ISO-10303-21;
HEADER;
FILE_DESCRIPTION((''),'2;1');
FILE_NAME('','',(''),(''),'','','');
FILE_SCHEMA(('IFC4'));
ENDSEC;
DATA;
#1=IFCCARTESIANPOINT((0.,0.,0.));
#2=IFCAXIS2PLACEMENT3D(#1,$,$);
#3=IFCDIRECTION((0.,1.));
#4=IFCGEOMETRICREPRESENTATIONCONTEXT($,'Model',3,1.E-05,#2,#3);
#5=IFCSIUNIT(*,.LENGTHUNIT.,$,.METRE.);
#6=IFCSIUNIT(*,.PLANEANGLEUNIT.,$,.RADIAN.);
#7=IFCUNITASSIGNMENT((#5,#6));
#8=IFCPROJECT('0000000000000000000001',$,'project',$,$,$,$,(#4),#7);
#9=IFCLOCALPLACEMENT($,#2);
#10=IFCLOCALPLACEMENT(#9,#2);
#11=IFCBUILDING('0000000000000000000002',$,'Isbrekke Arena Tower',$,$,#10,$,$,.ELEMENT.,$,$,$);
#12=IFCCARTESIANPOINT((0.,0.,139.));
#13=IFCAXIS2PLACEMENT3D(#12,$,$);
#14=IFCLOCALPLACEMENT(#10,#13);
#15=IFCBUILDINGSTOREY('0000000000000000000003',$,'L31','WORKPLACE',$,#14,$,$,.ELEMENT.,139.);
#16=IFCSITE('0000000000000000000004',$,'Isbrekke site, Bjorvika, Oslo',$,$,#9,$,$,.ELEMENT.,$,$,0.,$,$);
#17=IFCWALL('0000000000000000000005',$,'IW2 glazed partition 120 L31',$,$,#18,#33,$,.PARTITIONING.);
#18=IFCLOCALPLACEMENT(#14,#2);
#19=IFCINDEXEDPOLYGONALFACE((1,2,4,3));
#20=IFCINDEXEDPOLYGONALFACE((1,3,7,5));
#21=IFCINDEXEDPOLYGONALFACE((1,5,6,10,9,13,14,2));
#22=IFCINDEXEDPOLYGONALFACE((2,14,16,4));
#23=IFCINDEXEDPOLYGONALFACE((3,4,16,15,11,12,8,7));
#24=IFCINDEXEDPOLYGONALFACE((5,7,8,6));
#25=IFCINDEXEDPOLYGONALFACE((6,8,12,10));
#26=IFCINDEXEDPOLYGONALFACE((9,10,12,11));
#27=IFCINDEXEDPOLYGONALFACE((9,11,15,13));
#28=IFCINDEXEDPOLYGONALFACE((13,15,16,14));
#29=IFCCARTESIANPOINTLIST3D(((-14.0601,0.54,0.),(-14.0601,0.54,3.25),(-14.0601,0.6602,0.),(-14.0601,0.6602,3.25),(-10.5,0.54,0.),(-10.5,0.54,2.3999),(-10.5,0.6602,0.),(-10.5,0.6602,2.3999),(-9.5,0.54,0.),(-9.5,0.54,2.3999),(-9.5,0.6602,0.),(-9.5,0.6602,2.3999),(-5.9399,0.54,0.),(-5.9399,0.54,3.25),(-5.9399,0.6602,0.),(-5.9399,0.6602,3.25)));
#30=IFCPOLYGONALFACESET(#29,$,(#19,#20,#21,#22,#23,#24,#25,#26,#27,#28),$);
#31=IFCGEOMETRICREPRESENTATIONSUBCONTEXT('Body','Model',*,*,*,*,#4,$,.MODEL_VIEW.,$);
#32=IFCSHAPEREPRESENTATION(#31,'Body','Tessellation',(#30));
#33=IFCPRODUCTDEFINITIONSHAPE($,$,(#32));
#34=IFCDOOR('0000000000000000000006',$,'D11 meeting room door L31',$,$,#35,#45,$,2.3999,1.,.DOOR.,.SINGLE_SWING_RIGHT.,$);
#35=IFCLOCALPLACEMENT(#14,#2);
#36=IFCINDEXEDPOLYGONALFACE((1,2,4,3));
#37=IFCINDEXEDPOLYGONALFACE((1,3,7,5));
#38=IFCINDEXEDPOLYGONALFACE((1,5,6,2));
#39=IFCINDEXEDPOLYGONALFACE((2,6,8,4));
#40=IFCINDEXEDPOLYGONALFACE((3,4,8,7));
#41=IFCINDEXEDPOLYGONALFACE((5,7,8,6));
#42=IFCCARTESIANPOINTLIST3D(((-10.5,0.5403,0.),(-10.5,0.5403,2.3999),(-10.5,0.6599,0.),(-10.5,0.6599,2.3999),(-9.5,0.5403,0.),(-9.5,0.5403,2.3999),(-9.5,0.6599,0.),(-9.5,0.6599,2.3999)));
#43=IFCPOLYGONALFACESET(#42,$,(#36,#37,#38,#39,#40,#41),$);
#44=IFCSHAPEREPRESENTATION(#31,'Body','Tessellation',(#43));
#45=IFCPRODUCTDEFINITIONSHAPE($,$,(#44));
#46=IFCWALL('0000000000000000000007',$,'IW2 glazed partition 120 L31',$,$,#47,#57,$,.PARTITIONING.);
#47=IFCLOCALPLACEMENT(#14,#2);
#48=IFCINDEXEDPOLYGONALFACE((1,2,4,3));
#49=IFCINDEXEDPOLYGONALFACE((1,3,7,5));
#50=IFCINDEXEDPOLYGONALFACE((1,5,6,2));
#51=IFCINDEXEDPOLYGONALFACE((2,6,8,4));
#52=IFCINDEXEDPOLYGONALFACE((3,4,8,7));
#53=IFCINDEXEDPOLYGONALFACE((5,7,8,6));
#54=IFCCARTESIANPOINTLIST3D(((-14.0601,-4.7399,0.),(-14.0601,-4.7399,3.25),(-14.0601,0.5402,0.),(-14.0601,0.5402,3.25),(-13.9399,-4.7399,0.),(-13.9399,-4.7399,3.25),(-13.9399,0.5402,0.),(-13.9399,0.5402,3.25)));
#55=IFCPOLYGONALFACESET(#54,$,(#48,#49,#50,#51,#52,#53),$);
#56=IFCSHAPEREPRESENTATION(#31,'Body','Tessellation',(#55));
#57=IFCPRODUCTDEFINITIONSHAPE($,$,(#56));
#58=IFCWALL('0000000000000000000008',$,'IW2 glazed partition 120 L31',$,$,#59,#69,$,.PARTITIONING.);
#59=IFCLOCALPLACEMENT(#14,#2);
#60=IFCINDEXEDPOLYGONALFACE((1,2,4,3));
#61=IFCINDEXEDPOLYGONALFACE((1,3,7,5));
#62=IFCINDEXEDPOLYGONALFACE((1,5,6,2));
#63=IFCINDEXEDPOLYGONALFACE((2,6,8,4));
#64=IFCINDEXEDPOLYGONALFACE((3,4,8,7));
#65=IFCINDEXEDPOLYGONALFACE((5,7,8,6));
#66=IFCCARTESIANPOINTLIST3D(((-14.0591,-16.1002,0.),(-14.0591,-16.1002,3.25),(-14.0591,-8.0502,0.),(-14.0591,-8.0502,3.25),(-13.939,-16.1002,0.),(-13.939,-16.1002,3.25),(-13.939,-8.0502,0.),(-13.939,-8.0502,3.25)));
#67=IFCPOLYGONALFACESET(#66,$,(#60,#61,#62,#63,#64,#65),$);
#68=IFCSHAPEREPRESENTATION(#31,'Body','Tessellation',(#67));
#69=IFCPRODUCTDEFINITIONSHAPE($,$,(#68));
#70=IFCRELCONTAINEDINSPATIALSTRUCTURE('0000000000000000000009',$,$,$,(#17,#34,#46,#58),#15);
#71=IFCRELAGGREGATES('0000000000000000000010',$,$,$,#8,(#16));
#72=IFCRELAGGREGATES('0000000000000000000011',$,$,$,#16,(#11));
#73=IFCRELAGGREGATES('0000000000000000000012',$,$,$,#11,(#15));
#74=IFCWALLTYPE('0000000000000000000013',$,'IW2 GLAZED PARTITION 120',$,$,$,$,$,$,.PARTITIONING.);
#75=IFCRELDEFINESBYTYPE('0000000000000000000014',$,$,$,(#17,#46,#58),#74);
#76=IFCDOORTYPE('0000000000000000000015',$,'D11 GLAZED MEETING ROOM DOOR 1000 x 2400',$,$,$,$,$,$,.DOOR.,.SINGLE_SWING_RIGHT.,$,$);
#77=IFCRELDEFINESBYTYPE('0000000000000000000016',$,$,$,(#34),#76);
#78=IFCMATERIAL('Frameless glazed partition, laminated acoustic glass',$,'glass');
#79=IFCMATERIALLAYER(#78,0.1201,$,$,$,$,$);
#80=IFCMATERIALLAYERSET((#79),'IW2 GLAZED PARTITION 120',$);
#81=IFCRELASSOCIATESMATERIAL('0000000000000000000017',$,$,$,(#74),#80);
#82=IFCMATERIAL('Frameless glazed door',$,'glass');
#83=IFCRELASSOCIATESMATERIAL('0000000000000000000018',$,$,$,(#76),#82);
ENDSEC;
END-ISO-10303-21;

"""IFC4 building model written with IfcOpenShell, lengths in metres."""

from ifc_helpers import new_model, si_unit, direction, frame, frame_2d, origin, place, context, subcontext, project, spatial, rectangle, extrude, material, layer, layer_set, type_object, element, fill, save


model = new_model("IFC4")

# Units and contexts
model_context = context("Model", 3, precision=1e-05, world=origin(), true_north=direction((0.0, 1.0)))
body_context = subcontext(model_context, "Body", "Model", "MODEL_VIEW")
ifc_project = project(units=[si_unit("LENGTHUNIT", "METRE"), si_unit("PLANEANGLEUNIT", "RADIAN")], contexts=[model_context])

# Site, building, storey
site_placement = place(None, origin())
site = spatial("IfcSite", under=ifc_project, at=site_placement, Name="Isbrekke site, Bjorvika, Oslo", CompositionType="ELEMENT", RefElevation=0.0)
building_placement = place(site_placement, origin())
building = spatial("IfcBuilding", under=site, at=building_placement, Name="Isbrekke Arena Tower", CompositionType="ELEMENT")
storey_placement = place(building_placement, frame((0.0, 0.0, 139.0)))
storey = spatial("IfcBuildingStorey", under=building, at=storey_placement, Name="L31", Description="WORKPLACE", CompositionType="ELEMENT", Elevation=139.0)

# Shared definitions
ifc_material_1 = material(Name="Frameless glazed partition, laminated acoustic glass", Category="glass")
ifc_layer_1 = layer(ifc_material_1, 0.1201)
ifc_layer_set_1 = layer_set([ifc_layer_1], Name="IW2 GLAZED PARTITION 120")
wall_type = type_object("IfcWallType", Name="IW2 GLAZED PARTITION 120", PredefinedType="PARTITIONING", material=ifc_layer_set_1)

# Wall, opening, door
wall_1_placement = place(storey_placement, frame((-14.0601, 0.6001, 0.0), z_axis=(0.0, 0.0, 1.0), x_axis=(1.0, 0.0, 0.0)))
wall_1 = element("IfcWall", 1, at=wall_1_placement, inside=storey, type_object=wall_type, Name="IW2 glazed partition 120 L31", PredefinedType="PARTITIONING", context=body_context, shape_type="SweptSolid", body=[
    extrude(rectangle(XDim=8.1201, YDim=0.1201, at=frame_2d((4.0601, 0.0))), origin(), (0.0, 0.0, 1.0), 3.25),
])
opening_placement = place(wall_1_placement, frame((3.5601, 0.0, 0.0)))
opening = element("IfcOpeningElement", 2, at=opening_placement, cuts=wall_1, PredefinedType="OPENING", context=body_context, shape_type="SweptSolid", body=[
    extrude(rectangle(XDim=1.0, YDim=2.3999, at=frame_2d((0.5, 1.2))), frame((0.0, 0.075, 0.0), z_axis=(0.0, -1.0, 0.0), x_axis=(1.0, 0.0, 0.0)), (0.0, 0.0, 1.0), 0.1499),
])
ifc_material_2 = material(Name="Frameless glazed door", Category="glass")
door_type = type_object("IfcDoorType", Name="D11 GLAZED MEETING ROOM DOOR 1000 x 2400", OperationType="SINGLE_SWING_RIGHT", PredefinedType="DOOR", material=ifc_material_2)
door_placement = place(opening_placement, origin())
door = element("IfcDoor", 3, at=door_placement, inside=storey, type_object=door_type, Name="D11 meeting room door L31", OperationType="SINGLE_SWING_RIGHT", OverallHeight=2.3999, OverallWidth=1.0, PredefinedType="DOOR", context=body_context, shape_type="SweptSolid", body=[
    extrude(rectangle(XDim=1.0, YDim=2.3999, at=frame_2d((0.5, 1.2))), frame((0.0, 0.0598, 0.0), z_axis=(0.0, -1.0, 0.0), x_axis=(1.0, 0.0, 0.0)), (0.0, 0.0, 1.0), 0.1196),
])
fill(opening, door)

# Walls
wall_2_placement = place(storey_placement, frame((-14.0, -4.74, 0.0), z_axis=(0.0, 0.0, 1.0), x_axis=(0.0, 1.0, 0.0)))
element("IfcWall", 4, at=wall_2_placement, inside=storey, type_object=wall_type, Name="IW2 glazed partition 120 L31", PredefinedType="PARTITIONING", context=body_context, shape_type="SweptSolid", body=[
    extrude(rectangle(XDim=5.28, YDim=0.1201, at=frame_2d((2.6401, 0.0))), origin(), (0.0, 0.0, 1.0), 3.25),
])
wall_3_placement = place(storey_placement, frame((-13.999, -16.1001, 0.0), z_axis=(0.0, 0.0, 1.0), x_axis=(0.0, 1.0, 0.0)))
element("IfcWall", 5, at=wall_3_placement, inside=storey, type_object=wall_type, Name="IW2 glazed partition 120 L31", PredefinedType="PARTITIONING", context=body_context, shape_type="SweptSolid", body=[
    extrude(rectangle(XDim=8.05, YDim=0.1201, at=frame_2d((4.0249, 0.0))), origin(), (0.0, 0.0, 1.0), 3.25),
])

save(model, "model.ifc")
